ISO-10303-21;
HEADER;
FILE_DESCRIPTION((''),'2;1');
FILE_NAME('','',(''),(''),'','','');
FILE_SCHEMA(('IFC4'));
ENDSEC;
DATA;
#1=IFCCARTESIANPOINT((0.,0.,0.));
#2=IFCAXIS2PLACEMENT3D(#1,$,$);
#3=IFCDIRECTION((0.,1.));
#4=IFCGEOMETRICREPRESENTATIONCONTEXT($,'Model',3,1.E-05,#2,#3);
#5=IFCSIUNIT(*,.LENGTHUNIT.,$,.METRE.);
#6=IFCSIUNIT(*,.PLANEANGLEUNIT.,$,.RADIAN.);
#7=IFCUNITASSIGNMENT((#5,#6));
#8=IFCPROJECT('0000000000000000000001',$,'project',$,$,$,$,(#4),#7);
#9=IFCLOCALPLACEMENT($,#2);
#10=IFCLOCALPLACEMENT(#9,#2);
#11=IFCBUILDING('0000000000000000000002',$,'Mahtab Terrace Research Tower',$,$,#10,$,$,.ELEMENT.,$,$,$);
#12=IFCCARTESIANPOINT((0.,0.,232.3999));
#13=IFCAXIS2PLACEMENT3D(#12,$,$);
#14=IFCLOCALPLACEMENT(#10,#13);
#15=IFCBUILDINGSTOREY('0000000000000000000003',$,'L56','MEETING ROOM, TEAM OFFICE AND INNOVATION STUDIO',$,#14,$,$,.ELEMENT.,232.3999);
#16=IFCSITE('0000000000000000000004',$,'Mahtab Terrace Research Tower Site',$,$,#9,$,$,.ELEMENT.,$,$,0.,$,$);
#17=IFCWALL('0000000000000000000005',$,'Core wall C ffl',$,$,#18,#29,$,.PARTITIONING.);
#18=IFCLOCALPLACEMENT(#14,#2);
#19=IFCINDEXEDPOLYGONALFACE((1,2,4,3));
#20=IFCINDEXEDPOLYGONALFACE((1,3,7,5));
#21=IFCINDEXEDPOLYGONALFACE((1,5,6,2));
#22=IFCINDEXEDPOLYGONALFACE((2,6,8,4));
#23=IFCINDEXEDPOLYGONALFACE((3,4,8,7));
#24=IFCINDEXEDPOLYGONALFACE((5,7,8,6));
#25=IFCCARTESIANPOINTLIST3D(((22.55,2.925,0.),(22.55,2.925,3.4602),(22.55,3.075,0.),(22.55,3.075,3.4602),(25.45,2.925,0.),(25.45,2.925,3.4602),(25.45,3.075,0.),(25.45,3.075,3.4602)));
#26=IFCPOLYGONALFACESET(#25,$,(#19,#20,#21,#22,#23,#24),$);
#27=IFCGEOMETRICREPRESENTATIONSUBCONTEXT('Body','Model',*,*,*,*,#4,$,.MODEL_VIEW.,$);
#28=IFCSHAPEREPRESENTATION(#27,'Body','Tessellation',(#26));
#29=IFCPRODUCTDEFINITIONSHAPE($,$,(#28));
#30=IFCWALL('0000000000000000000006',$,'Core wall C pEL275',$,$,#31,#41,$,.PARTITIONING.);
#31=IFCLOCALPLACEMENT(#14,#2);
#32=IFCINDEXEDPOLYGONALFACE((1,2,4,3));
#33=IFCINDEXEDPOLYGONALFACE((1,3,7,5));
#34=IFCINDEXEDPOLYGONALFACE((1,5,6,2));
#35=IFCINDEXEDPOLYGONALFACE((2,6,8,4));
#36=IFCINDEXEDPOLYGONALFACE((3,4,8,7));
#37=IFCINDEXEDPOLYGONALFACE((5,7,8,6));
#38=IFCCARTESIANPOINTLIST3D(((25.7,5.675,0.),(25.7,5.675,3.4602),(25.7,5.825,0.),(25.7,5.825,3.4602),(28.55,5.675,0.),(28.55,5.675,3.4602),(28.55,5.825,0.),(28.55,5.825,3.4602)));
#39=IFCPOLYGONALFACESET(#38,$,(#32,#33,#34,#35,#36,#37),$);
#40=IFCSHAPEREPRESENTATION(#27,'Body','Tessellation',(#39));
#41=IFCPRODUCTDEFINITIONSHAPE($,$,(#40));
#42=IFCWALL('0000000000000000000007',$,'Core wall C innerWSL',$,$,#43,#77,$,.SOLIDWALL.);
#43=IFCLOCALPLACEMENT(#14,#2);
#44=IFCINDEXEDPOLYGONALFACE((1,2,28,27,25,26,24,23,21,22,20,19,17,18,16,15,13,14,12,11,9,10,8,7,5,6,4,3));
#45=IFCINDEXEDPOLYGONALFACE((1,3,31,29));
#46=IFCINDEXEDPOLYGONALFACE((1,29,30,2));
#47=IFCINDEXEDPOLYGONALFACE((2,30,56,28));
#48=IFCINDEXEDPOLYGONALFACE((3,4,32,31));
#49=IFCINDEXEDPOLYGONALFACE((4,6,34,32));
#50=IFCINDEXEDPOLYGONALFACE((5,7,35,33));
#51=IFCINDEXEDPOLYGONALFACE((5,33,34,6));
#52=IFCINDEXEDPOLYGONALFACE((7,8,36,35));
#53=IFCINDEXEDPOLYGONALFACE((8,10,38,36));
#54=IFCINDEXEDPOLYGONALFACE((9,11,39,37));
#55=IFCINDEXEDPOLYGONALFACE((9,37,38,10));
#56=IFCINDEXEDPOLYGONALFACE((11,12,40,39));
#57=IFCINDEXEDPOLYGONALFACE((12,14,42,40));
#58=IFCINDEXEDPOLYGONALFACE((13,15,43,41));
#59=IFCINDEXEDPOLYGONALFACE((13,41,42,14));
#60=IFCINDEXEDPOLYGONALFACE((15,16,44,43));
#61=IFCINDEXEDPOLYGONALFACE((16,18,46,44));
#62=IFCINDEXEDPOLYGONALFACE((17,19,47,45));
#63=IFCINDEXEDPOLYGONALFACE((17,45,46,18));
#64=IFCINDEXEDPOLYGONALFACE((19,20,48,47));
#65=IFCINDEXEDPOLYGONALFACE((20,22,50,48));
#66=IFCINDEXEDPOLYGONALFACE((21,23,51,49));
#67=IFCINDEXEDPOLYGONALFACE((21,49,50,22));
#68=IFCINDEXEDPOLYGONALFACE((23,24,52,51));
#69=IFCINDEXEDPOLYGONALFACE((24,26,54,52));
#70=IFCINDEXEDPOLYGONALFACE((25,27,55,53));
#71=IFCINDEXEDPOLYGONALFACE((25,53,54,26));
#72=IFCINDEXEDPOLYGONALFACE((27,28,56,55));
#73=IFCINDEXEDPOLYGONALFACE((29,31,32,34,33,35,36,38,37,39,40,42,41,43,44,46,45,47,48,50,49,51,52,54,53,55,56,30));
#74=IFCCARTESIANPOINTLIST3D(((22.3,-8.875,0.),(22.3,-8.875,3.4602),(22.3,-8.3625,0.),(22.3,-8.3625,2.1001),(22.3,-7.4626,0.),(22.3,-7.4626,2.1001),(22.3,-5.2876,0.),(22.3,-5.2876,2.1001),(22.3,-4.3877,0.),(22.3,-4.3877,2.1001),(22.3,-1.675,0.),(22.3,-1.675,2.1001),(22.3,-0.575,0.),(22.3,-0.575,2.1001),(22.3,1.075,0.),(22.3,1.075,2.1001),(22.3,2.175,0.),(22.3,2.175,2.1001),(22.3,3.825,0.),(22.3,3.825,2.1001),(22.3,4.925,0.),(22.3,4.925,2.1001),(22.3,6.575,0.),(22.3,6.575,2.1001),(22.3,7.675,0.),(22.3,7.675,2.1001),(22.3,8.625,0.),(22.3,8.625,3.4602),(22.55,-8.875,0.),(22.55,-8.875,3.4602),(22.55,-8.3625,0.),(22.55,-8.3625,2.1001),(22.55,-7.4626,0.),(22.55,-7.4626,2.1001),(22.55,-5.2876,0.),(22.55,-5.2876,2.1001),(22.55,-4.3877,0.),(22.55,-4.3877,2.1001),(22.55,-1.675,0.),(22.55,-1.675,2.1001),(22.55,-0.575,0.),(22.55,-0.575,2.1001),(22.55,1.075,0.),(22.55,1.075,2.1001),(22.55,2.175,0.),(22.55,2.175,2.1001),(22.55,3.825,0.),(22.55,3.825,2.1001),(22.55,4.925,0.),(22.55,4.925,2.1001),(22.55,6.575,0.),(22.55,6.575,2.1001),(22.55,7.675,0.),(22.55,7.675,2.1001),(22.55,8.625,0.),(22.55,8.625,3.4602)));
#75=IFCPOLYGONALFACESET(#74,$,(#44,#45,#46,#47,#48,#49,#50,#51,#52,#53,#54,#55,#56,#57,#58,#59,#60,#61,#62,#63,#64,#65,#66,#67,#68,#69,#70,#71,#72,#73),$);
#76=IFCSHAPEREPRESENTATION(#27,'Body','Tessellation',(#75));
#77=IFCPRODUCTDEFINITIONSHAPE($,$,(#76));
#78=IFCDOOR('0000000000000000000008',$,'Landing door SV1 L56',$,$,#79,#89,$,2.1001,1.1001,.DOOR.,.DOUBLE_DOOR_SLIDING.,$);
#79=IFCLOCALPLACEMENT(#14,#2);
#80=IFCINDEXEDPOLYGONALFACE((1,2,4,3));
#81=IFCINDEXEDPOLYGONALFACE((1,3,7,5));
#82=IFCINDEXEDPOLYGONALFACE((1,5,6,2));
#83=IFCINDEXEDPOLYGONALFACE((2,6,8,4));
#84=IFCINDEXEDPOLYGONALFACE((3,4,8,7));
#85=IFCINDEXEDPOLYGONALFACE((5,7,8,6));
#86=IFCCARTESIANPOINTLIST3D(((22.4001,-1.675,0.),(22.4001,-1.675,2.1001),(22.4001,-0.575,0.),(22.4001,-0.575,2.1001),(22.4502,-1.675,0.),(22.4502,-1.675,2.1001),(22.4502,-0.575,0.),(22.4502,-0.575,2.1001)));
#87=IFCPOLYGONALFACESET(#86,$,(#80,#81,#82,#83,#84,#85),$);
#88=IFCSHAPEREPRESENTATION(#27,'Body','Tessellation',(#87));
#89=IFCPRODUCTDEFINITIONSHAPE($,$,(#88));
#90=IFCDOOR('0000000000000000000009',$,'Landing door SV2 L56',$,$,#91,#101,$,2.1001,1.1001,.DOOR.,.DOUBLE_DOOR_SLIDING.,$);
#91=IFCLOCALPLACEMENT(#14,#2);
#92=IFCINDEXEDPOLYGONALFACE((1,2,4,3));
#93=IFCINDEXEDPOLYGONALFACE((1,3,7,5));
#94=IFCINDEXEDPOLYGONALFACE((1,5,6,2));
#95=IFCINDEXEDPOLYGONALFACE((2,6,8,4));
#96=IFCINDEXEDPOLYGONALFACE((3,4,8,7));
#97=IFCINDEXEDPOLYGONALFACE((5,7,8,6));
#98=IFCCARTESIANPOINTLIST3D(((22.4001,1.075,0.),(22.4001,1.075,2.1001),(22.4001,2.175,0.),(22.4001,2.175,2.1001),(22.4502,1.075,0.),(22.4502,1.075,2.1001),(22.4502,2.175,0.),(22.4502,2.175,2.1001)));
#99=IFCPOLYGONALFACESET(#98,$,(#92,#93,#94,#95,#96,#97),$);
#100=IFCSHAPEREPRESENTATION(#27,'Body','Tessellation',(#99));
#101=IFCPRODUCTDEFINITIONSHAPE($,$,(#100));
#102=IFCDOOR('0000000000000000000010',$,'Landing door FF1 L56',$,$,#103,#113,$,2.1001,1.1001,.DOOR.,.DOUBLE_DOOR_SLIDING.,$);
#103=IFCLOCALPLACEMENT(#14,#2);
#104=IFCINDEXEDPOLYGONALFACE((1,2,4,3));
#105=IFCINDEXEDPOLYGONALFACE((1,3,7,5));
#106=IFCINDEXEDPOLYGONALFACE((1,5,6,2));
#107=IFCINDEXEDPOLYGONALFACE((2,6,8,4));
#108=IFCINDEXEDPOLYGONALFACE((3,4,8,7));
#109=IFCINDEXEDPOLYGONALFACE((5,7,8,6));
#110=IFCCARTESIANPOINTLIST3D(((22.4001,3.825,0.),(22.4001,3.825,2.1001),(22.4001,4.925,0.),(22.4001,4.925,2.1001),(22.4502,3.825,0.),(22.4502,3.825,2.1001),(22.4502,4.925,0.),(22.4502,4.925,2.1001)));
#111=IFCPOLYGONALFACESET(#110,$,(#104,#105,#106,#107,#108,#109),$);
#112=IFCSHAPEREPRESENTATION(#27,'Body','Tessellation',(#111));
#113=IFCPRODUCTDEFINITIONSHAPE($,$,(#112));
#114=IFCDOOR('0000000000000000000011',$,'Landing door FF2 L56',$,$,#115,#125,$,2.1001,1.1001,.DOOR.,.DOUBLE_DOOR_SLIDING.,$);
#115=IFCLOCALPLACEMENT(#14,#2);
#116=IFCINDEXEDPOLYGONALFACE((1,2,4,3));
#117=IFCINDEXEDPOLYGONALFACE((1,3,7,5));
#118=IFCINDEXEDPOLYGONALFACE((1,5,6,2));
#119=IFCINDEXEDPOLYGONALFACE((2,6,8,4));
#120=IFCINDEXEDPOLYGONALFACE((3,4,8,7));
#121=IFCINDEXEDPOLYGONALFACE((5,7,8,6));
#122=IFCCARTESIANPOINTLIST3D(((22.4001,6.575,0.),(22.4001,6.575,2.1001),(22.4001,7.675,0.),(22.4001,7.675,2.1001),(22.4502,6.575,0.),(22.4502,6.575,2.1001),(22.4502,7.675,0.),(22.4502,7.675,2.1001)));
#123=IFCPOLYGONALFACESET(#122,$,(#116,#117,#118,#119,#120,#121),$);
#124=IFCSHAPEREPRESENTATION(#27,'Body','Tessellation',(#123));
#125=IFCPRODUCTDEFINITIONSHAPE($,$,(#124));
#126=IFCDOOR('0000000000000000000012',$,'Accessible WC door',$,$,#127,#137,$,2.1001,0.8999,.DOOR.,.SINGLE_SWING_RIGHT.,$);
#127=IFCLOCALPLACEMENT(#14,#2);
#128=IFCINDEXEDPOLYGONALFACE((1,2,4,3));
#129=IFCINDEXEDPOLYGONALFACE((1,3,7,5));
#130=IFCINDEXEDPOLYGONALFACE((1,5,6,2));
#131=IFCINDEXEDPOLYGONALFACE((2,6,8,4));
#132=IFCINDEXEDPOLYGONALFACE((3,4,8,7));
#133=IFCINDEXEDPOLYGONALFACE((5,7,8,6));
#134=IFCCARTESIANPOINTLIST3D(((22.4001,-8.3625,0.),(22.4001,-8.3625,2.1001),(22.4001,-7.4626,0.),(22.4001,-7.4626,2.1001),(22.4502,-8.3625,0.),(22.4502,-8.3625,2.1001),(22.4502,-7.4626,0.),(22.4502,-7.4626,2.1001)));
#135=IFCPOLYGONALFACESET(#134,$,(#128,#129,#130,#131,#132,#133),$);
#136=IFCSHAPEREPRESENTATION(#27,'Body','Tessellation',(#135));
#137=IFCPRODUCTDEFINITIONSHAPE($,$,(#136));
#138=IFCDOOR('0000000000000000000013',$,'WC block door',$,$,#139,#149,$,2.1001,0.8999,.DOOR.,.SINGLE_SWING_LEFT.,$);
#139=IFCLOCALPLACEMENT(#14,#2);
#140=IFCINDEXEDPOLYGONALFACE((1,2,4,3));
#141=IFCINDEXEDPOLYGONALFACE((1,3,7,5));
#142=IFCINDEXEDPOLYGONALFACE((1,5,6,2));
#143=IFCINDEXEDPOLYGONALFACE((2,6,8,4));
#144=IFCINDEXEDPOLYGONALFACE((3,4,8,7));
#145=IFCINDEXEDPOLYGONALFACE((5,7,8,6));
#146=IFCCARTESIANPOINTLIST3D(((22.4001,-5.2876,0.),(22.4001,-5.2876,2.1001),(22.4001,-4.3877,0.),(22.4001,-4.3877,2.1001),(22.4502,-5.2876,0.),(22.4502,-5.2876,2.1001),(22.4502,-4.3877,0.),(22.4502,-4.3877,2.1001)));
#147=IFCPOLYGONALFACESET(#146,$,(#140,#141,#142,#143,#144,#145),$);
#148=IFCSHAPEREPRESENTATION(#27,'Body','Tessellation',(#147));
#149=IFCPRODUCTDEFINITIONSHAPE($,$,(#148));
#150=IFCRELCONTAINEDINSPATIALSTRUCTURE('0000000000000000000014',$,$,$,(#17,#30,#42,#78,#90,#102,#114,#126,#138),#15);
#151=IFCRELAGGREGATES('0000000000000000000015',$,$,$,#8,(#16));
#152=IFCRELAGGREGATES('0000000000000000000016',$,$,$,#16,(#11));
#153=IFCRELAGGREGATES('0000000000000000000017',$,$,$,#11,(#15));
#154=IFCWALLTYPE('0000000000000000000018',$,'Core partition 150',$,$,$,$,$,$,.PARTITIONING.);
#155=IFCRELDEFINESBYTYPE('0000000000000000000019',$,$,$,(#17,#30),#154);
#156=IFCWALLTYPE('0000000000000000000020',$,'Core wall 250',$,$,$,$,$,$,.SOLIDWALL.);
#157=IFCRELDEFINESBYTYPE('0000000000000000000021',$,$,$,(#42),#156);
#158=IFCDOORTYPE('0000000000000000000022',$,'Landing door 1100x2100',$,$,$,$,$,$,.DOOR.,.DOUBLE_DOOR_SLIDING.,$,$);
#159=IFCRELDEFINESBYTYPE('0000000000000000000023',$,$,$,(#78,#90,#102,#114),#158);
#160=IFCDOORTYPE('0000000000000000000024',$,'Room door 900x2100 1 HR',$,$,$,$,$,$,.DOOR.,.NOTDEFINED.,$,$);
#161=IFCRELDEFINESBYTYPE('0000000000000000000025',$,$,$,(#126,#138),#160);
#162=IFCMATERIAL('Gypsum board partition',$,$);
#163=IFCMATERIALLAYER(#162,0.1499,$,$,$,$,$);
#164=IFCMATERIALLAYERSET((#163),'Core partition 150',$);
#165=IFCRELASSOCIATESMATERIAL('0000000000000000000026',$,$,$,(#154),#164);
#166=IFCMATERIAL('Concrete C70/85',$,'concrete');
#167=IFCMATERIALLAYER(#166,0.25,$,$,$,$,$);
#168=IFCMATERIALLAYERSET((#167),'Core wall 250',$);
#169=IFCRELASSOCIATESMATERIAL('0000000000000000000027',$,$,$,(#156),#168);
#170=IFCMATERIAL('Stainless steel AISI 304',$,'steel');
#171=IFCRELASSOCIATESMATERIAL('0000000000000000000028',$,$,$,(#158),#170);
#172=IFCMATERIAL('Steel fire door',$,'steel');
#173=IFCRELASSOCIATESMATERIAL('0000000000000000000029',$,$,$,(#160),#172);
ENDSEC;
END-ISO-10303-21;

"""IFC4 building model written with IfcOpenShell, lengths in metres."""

from ifc_helpers import new_model, si_unit, direction, frame, frame_2d, origin, place, context, subcontext, project, spatial, rectangle, extrude, material, layer, layer_set, type_object, element, fill, save


model = new_model("IFC4")

# Units and contexts
model_context = context("Model", 3, precision=1e-05, world=origin(), true_north=direction((0.0, 1.0)))
body_context = subcontext(model_context, "Body", "Model", "MODEL_VIEW")
ifc_project = project(units=[si_unit("LENGTHUNIT", "METRE"), si_unit("PLANEANGLEUNIT", "RADIAN")], contexts=[model_context])

# Site, building, storey
site_placement = place(None, origin())
site = spatial("IfcSite", under=ifc_project, at=site_placement, Name="Mahtab Terrace Research Tower Site", CompositionType="ELEMENT", RefElevation=0.0)
building_placement = place(site_placement, origin())
building = spatial("IfcBuilding", under=site, at=building_placement, Name="Mahtab Terrace Research Tower", CompositionType="ELEMENT")
storey_placement = place(building_placement, frame((0.0, 0.0, 232.3999)))
storey = spatial("IfcBuildingStorey", under=building, at=storey_placement, Name="L56", Description="MEETING ROOM, TEAM OFFICE AND INNOVATION STUDIO", CompositionType="ELEMENT", Elevation=232.3999)

# Walls
ifc_material_1 = material(Name="Gypsum board partition")
ifc_layer_1 = layer(ifc_material_1, 0.1499)
ifc_layer_set_1 = layer_set([ifc_layer_1], Name="Core partition 150")
wall_type_1 = type_object("IfcWallType", Name="Core partition 150", PredefinedType="PARTITIONING", material=ifc_layer_set_1)
wall_1_placement = place(storey_placement, frame((22.55, 3.0, 0.0), z_axis=(0.0, 0.0, 1.0), x_axis=(1.0, 0.0, 0.0)))
element("IfcWall", 1, at=wall_1_placement, inside=storey, type_object=wall_type_1, Name="Core wall C ffl", PredefinedType="PARTITIONING", context=body_context, shape_type="SweptSolid", body=[
    extrude(rectangle(XDim=2.8999, YDim=0.1499, at=frame_2d((1.45, 0.0))), origin(), (0.0, 0.0, 1.0), 3.4602),
])
wall_2_placement = place(storey_placement, frame((25.7, 5.75, 0.0), z_axis=(0.0, 0.0, 1.0), x_axis=(1.0, 0.0, 0.0)))
element("IfcWall", 2, at=wall_2_placement, inside=storey, type_object=wall_type_1, Name="Core wall C pEL275", PredefinedType="PARTITIONING", context=body_context, shape_type="SweptSolid", body=[
    extrude(rectangle(XDim=2.8501, YDim=0.1499, at=frame_2d((1.425, 0.0))), origin(), (0.0, 0.0, 1.0), 3.4602),
])

# Wall, openings, doors
ifc_material_2 = material(Name="Concrete C70/85", Category="concrete")
ifc_layer_2 = layer(ifc_material_2, 0.25)
ifc_layer_set_2 = layer_set([ifc_layer_2], Name="Core wall 250")
wall_type_2 = type_object("IfcWallType", Name="Core wall 250", PredefinedType="SOLIDWALL", material=ifc_layer_set_2)
wall_3_placement = place(storey_placement, frame((22.425, -8.875, 0.0), z_axis=(0.0, 0.0, 1.0), x_axis=(0.0, 1.0, 0.0)))
wall_3 = element("IfcWall", 3, at=wall_3_placement, inside=storey, type_object=wall_type_2, Name="Core wall C innerWSL", PredefinedType="SOLIDWALL", context=body_context, shape_type="SweptSolid", body=[
    extrude(rectangle(XDim=17.5, YDim=0.25, at=frame_2d((8.75, 0.0))), origin(), (0.0, 0.0, 1.0), 3.4602),
])
opening_1_placement = place(wall_3_placement, frame((7.2, 0.0, 0.0)))
opening_1 = element("IfcOpeningElement", 4, at=opening_1_placement, cuts=wall_3, PredefinedType="OPENING", context=body_context, shape_type="SweptSolid", body=[
    extrude(rectangle(XDim=1.1001, YDim=2.1001, at=frame_2d((0.55, 1.05))), frame((0.0, 0.135, 0.0), z_axis=(0.0, -1.0, 0.0), x_axis=(1.0, 0.0, 0.0)), (0.0, 0.0, 1.0), 0.27),
])
opening_2_placement = place(wall_3_placement, frame((9.95, 0.0, 0.0)))
opening_2 = element("IfcOpeningElement", 5, at=opening_2_placement, cuts=wall_3, PredefinedType="OPENING", context=body_context, shape_type="SweptSolid", body=[
    extrude(rectangle(XDim=1.1001, YDim=2.1001, at=frame_2d((0.55, 1.05))), frame((0.0, 0.135, 0.0), z_axis=(0.0, -1.0, 0.0), x_axis=(1.0, 0.0, 0.0)), (0.0, 0.0, 1.0), 0.27),
])
opening_3_placement = place(wall_3_placement, frame((12.7, 0.0, 0.0)))
opening_3 = element("IfcOpeningElement", 6, at=opening_3_placement, cuts=wall_3, PredefinedType="OPENING", context=body_context, shape_type="SweptSolid", body=[
    extrude(rectangle(XDim=1.1001, YDim=2.1001, at=frame_2d((0.55, 1.05))), frame((0.0, 0.135, 0.0), z_axis=(0.0, -1.0, 0.0), x_axis=(1.0, 0.0, 0.0)), (0.0, 0.0, 1.0), 0.27),
])
opening_4_placement = place(wall_3_placement, frame((15.45, 0.0, 0.0)))
opening_4 = element("IfcOpeningElement", 7, at=opening_4_placement, cuts=wall_3, PredefinedType="OPENING", context=body_context, shape_type="SweptSolid", body=[
    extrude(rectangle(XDim=1.1001, YDim=2.1001, at=frame_2d((0.55, 1.05))), frame((0.0, 0.135, 0.0), z_axis=(0.0, -1.0, 0.0), x_axis=(1.0, 0.0, 0.0)), (0.0, 0.0, 1.0), 0.27),
])
opening_5_placement = place(wall_3_placement, frame((0.5125, 0.0, 0.0)))
opening_5 = element("IfcOpeningElement", 8, at=opening_5_placement, cuts=wall_3, PredefinedType="OPENING", context=body_context, shape_type="SweptSolid", body=[
    extrude(rectangle(XDim=0.8999, YDim=2.1001, at=frame_2d((0.45, 1.05))), frame((0.0, 0.135, 0.0), z_axis=(0.0, -1.0, 0.0), x_axis=(1.0, 0.0, 0.0)), (0.0, 0.0, 1.0), 0.27),
])
opening_6_placement = place(wall_3_placement, frame((3.5874, 0.0, 0.0)))
opening_6 = element("IfcOpeningElement", 9, at=opening_6_placement, cuts=wall_3, PredefinedType="OPENING", context=body_context, shape_type="SweptSolid", body=[
    extrude(rectangle(XDim=0.8999, YDim=2.1001, at=frame_2d((0.45, 1.05))), frame((0.0, 0.135, 0.0), z_axis=(0.0, -1.0, 0.0), x_axis=(1.0, 0.0, 0.0)), (0.0, 0.0, 1.0), 0.27),
])
ifc_material_3 = material(Name="Stainless steel AISI 304", Category="steel")
door_type_1 = type_object("IfcDoorType", Name="Landing door 1100x2100", OperationType="DOUBLE_DOOR_SLIDING", PredefinedType="DOOR", material=ifc_material_3)
door_1_placement = place(opening_1_placement, origin())
door_1 = element("IfcDoor", 10, at=door_1_placement, inside=storey, type_object=door_type_1, Name="Landing door SV1 L56", OperationType="DOUBLE_DOOR_SLIDING", OverallHeight=2.1001, OverallWidth=1.1001, PredefinedType="DOOR", context=body_context, shape_type="SweptSolid", body=[
    extrude(rectangle(XDim=1.1001, YDim=2.1001, at=frame_2d((0.55, 1.05))), frame((0.0, 0.0249, 0.0), z_axis=(0.0, -1.0, 0.0), x_axis=(1.0, 0.0, 0.0)), (0.0, 0.0, 1.0), 0.05),
])
fill(opening_1, door_1)
door_2_placement = place(opening_2_placement, origin())
door_2 = element("IfcDoor", 11, at=door_2_placement, inside=storey, type_object=door_type_1, Name="Landing door SV2 L56", OperationType="DOUBLE_DOOR_SLIDING", OverallHeight=2.1001, OverallWidth=1.1001, PredefinedType="DOOR", context=body_context, shape_type="SweptSolid", body=[
    extrude(rectangle(XDim=1.1001, YDim=2.1001, at=frame_2d((0.55, 1.05))), frame((0.0, 0.0249, 0.0), z_axis=(0.0, -1.0, 0.0), x_axis=(1.0, 0.0, 0.0)), (0.0, 0.0, 1.0), 0.05),
])
fill(opening_2, door_2)
door_3_placement = place(opening_3_placement, origin())
door_3 = element("IfcDoor", 12, at=door_3_placement, inside=storey, type_object=door_type_1, Name="Landing door FF1 L56", OperationType="DOUBLE_DOOR_SLIDING", OverallHeight=2.1001, OverallWidth=1.1001, PredefinedType="DOOR", context=body_context, shape_type="SweptSolid", body=[
    extrude(rectangle(XDim=1.1001, YDim=2.1001, at=frame_2d((0.55, 1.05))), frame((0.0, 0.0249, 0.0), z_axis=(0.0, -1.0, 0.0), x_axis=(1.0, 0.0, 0.0)), (0.0, 0.0, 1.0), 0.05),
])
fill(opening_3, door_3)
door_4_placement = place(opening_4_placement, origin())
door_4 = element("IfcDoor", 13, at=door_4_placement, inside=storey, type_object=door_type_1, Name="Landing door FF2 L56", OperationType="DOUBLE_DOOR_SLIDING", OverallHeight=2.1001, OverallWidth=1.1001, PredefinedType="DOOR", context=body_context, shape_type="SweptSolid", body=[
    extrude(rectangle(XDim=1.1001, YDim=2.1001, at=frame_2d((0.55, 1.05))), frame((0.0, 0.0249, 0.0), z_axis=(0.0, -1.0, 0.0), x_axis=(1.0, 0.0, 0.0)), (0.0, 0.0, 1.0), 0.05),
])
fill(opening_4, door_4)
ifc_material_4 = material(Name="Steel fire door", Category="steel")
door_type_2 = type_object("IfcDoorType", Name="Room door 900x2100 1 HR", OperationType="NOTDEFINED", PredefinedType="DOOR", material=ifc_material_4)
door_5_placement = place(opening_5_placement, origin())
door_5 = element("IfcDoor", 14, at=door_5_placement, inside=storey, type_object=door_type_2, Name="Accessible WC door", OperationType="SINGLE_SWING_RIGHT", OverallHeight=2.1001, OverallWidth=0.8999, PredefinedType="DOOR", context=body_context, shape_type="SweptSolid", body=[
    extrude(rectangle(XDim=0.8999, YDim=2.1001, at=frame_2d((0.45, 1.05))), frame((0.0, 0.0249, 0.0), z_axis=(0.0, -1.0, 0.0), x_axis=(1.0, 0.0, 0.0)), (0.0, 0.0, 1.0), 0.05),
])
fill(opening_5, door_5)
door_6_placement = place(opening_6_placement, origin())
door_6 = element("IfcDoor", 15, at=door_6_placement, inside=storey, type_object=door_type_2, Name="WC block door", OperationType="SINGLE_SWING_LEFT", OverallHeight=2.1001, OverallWidth=0.8999, PredefinedType="DOOR", context=body_context, shape_type="SweptSolid", body=[
    extrude(rectangle(XDim=0.8999, YDim=2.1001, at=frame_2d((0.45, 1.05))), frame((0.0, 0.0249, 0.0), z_axis=(0.0, -1.0, 0.0), x_axis=(1.0, 0.0, 0.0)), (0.0, 0.0, 1.0), 0.05),
])
fill(opening_6, door_6)

save(model, "model.ifc")
